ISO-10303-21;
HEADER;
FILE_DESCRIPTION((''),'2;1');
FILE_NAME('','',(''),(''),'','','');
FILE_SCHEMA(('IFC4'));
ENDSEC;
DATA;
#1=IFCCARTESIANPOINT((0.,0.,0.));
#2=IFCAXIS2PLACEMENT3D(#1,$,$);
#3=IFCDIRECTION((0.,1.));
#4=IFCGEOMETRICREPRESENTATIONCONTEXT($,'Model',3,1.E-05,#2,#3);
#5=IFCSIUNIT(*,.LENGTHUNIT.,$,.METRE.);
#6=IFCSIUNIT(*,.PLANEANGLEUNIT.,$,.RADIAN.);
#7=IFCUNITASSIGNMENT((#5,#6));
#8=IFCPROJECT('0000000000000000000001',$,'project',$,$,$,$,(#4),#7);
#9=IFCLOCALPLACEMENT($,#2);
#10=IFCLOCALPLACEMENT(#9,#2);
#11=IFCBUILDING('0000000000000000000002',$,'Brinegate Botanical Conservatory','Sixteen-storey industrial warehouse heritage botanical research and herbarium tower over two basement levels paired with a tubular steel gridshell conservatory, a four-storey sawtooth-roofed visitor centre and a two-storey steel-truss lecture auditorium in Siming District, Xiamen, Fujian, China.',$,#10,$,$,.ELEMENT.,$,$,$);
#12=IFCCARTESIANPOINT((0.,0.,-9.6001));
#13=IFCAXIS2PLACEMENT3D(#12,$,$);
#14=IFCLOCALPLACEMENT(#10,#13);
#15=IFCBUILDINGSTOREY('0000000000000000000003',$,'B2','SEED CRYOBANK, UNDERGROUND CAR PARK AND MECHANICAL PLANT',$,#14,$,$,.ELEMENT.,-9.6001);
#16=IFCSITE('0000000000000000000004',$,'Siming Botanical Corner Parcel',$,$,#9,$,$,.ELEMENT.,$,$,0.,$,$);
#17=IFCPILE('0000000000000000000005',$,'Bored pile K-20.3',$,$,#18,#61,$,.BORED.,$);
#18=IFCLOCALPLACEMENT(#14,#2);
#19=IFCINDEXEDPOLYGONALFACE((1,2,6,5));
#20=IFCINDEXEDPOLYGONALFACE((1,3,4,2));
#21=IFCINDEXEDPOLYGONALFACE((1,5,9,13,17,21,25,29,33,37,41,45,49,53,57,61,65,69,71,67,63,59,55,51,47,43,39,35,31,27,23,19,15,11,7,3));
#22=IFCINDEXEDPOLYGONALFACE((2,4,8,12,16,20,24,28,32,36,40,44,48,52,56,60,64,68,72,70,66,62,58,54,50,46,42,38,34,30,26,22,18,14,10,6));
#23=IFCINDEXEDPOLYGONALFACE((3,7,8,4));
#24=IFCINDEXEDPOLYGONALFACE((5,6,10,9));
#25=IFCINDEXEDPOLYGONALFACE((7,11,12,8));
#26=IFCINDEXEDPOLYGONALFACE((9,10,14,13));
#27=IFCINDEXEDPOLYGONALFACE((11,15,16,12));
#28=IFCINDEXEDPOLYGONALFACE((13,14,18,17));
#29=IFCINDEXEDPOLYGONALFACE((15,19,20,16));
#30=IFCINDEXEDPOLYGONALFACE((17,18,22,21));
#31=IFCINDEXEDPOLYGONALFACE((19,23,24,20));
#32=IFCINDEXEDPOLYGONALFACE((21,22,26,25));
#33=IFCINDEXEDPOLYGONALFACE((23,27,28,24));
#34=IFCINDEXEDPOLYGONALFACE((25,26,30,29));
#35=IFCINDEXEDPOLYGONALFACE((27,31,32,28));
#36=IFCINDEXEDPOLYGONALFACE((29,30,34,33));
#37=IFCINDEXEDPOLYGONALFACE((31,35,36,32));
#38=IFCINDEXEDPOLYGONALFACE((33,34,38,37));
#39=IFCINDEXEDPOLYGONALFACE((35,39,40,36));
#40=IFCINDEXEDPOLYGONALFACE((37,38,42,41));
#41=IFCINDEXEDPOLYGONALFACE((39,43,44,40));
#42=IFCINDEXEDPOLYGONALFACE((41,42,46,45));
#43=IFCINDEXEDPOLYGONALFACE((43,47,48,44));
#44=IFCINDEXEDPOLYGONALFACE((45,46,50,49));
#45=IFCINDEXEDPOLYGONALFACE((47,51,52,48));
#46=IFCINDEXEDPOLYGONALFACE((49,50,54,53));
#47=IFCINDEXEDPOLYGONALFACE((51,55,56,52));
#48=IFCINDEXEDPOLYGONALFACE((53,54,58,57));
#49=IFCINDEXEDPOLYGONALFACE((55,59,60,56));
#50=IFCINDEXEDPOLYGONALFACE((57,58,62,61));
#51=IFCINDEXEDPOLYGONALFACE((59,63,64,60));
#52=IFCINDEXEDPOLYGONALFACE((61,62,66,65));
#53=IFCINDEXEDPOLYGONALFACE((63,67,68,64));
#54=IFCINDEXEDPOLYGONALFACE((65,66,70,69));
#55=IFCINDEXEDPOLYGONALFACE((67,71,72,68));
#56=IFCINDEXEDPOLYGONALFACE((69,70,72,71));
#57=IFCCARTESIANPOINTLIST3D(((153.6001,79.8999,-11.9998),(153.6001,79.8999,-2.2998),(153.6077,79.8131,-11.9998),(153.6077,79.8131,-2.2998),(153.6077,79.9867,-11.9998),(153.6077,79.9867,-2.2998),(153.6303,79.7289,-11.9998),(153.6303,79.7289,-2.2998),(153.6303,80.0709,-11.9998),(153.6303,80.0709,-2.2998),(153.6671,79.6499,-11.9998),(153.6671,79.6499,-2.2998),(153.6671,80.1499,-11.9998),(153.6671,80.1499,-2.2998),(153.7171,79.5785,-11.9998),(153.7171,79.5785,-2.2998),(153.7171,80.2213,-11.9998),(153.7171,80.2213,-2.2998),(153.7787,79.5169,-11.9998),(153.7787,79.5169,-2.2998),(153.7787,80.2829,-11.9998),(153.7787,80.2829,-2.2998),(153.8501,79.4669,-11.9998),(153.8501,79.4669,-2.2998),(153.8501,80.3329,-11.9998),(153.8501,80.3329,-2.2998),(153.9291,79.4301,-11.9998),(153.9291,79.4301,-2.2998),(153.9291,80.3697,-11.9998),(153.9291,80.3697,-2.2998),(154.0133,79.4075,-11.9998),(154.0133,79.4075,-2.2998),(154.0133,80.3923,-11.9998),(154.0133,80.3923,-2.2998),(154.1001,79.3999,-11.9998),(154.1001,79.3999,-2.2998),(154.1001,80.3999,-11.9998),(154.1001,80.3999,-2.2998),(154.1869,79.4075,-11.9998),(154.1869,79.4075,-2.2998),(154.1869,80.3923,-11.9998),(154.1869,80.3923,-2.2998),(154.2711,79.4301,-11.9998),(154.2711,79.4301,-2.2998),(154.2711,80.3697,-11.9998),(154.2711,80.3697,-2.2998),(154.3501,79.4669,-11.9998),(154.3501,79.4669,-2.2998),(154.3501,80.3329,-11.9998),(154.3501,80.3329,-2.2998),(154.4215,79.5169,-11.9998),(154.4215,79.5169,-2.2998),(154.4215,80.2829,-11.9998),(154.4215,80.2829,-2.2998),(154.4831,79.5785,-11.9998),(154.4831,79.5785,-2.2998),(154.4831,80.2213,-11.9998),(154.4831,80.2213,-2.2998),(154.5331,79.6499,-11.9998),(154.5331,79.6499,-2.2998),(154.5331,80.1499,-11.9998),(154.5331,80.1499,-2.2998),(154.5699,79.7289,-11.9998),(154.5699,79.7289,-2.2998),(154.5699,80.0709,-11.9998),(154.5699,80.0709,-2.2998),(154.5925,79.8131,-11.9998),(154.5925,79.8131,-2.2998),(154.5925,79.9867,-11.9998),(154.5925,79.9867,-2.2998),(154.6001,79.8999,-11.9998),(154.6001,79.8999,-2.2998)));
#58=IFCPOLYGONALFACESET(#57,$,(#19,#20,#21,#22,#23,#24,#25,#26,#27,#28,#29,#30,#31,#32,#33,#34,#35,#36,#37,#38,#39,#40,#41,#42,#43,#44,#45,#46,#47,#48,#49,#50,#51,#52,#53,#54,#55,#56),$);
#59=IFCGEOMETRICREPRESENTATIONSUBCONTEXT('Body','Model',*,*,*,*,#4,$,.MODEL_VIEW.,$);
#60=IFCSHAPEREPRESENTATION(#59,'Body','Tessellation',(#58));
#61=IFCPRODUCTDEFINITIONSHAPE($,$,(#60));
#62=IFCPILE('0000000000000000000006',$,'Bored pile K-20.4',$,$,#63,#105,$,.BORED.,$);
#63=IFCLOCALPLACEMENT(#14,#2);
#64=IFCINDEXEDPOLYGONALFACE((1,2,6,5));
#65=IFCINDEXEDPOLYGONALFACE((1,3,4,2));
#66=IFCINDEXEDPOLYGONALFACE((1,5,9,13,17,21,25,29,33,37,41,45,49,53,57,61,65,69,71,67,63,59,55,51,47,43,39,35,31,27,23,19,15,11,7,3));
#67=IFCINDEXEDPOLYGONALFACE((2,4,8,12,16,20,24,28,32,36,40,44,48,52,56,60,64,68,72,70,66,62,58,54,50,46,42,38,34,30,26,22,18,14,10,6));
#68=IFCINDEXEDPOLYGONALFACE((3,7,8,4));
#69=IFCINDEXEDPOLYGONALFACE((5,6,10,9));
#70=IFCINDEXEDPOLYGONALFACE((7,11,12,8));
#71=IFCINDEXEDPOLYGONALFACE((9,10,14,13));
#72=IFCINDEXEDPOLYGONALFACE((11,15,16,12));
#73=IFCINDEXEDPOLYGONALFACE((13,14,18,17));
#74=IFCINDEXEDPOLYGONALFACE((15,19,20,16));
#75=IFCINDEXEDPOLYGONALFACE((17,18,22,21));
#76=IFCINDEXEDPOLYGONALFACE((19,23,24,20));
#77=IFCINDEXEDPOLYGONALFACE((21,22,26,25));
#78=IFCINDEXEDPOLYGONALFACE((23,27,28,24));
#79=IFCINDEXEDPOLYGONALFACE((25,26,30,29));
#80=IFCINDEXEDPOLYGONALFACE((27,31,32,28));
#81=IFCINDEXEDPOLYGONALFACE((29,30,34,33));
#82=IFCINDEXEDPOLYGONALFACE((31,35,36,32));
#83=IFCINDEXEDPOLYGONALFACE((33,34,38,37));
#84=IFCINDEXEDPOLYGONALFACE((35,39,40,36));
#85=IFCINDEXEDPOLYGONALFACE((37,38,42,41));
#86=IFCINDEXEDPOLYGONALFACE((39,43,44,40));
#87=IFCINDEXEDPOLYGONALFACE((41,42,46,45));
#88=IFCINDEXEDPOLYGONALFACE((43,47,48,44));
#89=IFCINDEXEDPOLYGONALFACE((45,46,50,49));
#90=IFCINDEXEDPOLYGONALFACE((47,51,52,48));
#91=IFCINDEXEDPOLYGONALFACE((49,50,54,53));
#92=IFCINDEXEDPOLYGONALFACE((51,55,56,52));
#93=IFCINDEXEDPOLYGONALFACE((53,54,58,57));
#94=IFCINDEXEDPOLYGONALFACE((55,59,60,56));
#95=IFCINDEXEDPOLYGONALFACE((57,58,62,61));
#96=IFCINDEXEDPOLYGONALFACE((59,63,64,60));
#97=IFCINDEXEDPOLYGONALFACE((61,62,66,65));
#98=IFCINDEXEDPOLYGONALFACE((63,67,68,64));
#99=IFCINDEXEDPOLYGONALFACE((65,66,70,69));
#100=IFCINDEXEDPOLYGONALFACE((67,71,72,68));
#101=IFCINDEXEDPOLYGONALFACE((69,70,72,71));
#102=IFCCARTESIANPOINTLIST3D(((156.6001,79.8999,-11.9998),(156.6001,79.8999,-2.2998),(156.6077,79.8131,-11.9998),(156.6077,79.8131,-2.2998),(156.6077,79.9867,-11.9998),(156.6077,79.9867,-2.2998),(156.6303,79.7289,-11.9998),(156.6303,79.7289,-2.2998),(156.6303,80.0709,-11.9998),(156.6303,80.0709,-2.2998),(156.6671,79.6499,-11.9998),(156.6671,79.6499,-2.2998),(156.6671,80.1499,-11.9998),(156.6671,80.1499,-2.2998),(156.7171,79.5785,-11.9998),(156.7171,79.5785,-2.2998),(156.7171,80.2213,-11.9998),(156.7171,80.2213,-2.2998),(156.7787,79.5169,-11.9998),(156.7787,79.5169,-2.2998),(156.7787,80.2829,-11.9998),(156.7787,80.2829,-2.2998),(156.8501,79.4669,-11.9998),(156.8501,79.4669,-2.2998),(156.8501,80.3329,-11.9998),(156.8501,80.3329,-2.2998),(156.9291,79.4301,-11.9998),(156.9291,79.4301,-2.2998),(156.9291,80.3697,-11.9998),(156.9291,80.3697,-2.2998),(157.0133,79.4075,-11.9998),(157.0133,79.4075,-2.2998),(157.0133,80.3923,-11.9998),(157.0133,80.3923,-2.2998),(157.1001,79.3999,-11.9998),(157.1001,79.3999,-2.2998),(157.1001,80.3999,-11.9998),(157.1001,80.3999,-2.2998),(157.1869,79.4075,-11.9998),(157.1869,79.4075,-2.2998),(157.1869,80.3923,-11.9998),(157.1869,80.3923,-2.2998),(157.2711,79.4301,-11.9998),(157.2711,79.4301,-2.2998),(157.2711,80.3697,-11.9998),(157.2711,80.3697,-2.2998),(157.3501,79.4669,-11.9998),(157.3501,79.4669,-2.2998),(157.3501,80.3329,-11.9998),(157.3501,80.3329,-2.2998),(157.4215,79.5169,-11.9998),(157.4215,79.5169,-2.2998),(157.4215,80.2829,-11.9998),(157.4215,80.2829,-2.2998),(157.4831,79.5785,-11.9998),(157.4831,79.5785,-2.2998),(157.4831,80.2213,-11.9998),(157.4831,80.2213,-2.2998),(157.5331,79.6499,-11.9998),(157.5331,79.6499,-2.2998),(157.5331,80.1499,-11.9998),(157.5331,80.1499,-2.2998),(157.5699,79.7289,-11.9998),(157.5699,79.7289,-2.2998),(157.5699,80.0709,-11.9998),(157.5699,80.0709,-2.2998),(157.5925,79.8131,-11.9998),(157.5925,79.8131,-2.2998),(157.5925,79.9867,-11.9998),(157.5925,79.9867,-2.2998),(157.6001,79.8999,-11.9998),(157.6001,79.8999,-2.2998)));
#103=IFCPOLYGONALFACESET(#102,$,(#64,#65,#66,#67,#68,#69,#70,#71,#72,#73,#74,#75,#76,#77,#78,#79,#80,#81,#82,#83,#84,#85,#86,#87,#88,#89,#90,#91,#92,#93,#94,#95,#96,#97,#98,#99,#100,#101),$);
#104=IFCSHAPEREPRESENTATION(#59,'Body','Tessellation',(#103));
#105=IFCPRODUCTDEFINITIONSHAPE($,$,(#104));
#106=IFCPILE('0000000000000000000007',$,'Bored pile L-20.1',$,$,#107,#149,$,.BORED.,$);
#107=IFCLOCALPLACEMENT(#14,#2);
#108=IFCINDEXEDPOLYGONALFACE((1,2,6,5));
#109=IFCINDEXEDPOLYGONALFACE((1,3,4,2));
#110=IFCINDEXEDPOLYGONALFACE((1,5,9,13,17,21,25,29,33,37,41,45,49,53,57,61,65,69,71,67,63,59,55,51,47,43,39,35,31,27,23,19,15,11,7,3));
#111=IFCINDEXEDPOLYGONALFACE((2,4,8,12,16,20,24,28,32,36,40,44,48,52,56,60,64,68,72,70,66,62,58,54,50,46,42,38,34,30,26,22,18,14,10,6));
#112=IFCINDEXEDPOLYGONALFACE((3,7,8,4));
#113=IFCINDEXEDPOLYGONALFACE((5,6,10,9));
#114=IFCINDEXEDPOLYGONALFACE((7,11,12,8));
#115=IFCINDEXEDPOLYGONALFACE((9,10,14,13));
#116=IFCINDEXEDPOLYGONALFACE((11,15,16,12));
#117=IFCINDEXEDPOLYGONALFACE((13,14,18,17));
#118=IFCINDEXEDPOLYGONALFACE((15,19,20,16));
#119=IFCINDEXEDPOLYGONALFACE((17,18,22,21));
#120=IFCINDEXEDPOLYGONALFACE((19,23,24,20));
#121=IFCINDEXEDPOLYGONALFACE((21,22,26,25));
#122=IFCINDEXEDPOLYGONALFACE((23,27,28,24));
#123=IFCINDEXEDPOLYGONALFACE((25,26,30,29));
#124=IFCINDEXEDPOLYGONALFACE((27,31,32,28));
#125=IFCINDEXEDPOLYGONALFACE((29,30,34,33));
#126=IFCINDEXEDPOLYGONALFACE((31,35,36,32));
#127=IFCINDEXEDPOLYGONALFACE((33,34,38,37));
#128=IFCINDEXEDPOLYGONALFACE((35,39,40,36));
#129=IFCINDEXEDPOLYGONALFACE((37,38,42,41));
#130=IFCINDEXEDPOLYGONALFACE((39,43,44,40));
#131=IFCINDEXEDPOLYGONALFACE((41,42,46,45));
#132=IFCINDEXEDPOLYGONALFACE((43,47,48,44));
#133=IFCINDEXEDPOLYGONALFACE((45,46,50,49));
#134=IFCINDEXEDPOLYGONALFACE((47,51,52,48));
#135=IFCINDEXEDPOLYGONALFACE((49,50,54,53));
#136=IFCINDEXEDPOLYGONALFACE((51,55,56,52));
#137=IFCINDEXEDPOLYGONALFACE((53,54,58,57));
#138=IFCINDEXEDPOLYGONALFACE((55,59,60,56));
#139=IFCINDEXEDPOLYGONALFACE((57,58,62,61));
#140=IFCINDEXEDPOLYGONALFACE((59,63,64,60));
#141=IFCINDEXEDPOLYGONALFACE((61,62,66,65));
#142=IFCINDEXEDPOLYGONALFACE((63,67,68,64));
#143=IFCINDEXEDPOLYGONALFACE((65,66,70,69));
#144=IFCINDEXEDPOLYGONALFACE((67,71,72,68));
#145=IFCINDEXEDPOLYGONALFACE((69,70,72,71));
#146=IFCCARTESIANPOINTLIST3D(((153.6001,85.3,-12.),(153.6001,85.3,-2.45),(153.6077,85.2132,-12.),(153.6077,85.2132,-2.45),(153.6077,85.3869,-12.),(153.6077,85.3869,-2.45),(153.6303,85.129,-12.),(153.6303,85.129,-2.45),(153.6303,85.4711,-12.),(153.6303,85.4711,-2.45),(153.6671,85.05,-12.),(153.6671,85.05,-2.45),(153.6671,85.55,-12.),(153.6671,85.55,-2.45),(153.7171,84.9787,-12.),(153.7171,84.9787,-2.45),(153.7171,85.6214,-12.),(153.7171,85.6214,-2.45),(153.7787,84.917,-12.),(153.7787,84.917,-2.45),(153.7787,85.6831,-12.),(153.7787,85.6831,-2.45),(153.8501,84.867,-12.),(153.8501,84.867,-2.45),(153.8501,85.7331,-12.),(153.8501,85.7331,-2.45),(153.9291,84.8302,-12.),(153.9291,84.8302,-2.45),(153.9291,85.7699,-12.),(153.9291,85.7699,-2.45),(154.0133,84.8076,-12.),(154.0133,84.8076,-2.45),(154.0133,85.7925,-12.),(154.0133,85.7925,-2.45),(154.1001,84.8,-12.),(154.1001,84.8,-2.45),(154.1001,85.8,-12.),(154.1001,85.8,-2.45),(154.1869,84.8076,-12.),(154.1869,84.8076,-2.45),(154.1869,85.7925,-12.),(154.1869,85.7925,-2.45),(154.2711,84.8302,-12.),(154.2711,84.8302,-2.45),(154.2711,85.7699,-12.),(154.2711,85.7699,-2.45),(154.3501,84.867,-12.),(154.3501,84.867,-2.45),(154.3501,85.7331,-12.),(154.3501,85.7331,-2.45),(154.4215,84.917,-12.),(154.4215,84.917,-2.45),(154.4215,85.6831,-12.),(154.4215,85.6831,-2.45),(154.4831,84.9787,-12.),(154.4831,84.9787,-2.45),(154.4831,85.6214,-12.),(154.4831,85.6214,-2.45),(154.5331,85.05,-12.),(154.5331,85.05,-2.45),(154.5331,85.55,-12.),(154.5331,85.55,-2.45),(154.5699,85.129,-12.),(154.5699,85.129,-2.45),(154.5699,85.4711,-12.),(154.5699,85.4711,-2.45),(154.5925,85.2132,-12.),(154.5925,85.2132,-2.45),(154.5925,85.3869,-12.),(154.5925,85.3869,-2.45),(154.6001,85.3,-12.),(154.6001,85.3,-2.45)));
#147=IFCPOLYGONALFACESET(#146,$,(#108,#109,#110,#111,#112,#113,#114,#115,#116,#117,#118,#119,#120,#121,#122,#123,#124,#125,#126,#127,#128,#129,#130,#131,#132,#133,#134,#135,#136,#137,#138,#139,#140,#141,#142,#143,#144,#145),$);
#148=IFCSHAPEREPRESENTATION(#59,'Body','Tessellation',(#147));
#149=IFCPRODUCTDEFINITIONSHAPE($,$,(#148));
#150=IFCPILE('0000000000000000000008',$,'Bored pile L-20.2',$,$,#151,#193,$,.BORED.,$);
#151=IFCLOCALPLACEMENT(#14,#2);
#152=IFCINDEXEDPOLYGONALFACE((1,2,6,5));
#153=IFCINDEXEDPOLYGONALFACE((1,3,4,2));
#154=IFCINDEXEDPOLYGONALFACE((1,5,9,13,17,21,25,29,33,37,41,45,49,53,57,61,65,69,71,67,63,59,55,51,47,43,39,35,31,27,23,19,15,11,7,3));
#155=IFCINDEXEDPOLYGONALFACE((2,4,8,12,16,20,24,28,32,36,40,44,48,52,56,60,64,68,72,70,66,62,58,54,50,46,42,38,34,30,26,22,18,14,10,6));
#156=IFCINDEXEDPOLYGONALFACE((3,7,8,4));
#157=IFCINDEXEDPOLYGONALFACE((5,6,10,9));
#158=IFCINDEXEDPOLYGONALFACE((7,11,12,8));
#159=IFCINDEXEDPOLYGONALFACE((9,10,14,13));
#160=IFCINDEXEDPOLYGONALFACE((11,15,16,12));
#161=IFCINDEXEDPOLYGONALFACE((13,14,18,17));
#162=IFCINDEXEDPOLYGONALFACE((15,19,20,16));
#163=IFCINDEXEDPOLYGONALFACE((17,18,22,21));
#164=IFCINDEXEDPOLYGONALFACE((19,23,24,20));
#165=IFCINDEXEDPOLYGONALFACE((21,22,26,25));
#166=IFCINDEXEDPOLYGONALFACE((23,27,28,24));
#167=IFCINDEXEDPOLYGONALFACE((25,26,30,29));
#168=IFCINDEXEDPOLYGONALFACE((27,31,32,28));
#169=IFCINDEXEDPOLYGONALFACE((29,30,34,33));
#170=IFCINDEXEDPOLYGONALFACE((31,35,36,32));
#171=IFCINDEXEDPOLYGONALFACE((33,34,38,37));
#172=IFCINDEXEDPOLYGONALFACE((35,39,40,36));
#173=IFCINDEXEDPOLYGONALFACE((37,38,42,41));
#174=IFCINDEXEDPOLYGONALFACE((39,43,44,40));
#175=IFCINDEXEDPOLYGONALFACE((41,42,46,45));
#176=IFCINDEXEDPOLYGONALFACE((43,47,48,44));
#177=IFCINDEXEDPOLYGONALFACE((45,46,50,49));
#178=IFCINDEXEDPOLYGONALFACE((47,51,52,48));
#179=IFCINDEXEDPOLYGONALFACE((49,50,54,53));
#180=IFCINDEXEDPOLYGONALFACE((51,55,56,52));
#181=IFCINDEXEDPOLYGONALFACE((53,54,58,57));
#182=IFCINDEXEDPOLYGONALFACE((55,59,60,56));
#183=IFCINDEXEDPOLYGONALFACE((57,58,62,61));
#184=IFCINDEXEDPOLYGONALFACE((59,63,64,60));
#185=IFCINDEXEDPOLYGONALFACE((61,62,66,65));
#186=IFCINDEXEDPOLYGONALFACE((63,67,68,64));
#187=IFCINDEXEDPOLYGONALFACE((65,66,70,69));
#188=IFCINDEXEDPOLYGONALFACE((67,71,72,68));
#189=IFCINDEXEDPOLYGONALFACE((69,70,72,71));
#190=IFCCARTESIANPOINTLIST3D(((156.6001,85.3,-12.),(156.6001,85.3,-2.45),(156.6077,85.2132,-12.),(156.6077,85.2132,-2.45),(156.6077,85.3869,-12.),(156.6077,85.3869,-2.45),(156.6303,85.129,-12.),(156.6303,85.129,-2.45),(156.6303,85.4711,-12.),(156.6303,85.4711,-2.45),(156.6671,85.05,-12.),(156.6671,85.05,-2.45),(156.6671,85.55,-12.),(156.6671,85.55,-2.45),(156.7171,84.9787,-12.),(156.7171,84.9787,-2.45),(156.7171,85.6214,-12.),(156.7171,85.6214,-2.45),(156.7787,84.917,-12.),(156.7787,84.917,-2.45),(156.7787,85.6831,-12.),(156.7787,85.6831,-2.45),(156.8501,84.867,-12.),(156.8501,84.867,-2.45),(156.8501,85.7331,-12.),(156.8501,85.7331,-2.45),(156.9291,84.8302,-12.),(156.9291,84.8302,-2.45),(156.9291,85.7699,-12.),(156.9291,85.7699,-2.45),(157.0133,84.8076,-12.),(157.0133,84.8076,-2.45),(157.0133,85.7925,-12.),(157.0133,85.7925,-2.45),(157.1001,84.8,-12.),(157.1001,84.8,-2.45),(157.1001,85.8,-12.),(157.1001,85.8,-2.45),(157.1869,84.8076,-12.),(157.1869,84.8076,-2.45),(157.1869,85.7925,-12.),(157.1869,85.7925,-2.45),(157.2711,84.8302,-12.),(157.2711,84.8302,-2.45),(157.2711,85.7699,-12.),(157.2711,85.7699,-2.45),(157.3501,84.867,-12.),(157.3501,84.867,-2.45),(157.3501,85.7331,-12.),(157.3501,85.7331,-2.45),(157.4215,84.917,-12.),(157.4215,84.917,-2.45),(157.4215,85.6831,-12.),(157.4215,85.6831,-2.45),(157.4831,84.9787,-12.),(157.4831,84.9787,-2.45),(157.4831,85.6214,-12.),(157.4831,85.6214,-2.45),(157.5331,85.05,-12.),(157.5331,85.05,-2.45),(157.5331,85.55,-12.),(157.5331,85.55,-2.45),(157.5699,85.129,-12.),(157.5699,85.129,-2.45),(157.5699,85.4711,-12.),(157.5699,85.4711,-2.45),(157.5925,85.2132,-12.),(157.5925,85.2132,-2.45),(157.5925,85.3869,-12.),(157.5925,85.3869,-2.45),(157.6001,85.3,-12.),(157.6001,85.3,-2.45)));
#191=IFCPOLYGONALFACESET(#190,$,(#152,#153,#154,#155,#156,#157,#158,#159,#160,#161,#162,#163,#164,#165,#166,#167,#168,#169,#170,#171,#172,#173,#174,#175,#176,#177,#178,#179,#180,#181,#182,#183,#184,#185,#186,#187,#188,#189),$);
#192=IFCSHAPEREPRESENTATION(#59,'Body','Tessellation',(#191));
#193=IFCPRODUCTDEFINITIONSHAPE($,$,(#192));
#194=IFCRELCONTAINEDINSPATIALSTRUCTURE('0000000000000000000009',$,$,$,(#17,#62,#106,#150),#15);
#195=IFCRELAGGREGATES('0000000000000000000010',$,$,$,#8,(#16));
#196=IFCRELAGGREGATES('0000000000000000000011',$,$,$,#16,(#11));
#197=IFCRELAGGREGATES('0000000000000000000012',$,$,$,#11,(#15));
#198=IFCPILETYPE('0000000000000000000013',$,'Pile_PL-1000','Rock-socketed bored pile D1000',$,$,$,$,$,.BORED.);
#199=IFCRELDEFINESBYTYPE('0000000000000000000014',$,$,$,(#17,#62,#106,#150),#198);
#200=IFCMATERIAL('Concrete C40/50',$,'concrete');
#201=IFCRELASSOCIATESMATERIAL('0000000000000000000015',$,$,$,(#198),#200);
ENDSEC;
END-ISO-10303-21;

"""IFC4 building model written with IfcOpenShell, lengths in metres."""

from ifc_helpers import new_model, si_unit, direction, frame, origin, origin_2d, place, context, subcontext, project, spatial, circle, extrude, material, material_profile, profile_set, type_object, element, save


model = new_model("IFC4")

# Units and contexts
model_context = context("Model", 3, precision=1e-05, world=origin(), true_north=direction((0.0, 1.0)))
body_context = subcontext(model_context, "Body", "Model", "MODEL_VIEW")
ifc_project = project(units=[si_unit("LENGTHUNIT", "METRE"), si_unit("PLANEANGLEUNIT", "RADIAN")], contexts=[model_context])

# Site, building, storey
site_placement = place(None, origin())
site = spatial("IfcSite", under=ifc_project, at=site_placement, Name="Siming Botanical Corner Parcel", CompositionType="ELEMENT", RefElevation=0.0)
building_placement = place(site_placement, origin())
building = spatial("IfcBuilding", under=site, at=building_placement, Name="Brinegate Botanical Conservatory", Description="Sixteen-storey industrial warehouse heritage botanical research and herbarium tower over two basement levels paired with a tubular steel gridshell conservatory, a four-storey sawtooth-roofed visitor centre and a two-storey steel-truss lecture auditorium in Siming District, Xiamen, Fujian, China.", CompositionType="ELEMENT")
storey_placement = place(building_placement, frame((0.0, 0.0, -9.6001)))
storey = spatial("IfcBuildingStorey", under=building, at=storey_placement, Name="B2", Description="SEED CRYOBANK, UNDERGROUND CAR PARK AND MECHANICAL PLANT", CompositionType="ELEMENT", Elevation=-9.6001)

# Shared definitions
ifc_material_1 = material(Name="Concrete C40/50", Category="concrete")

# Piles
ifc_material_profile_1 = material_profile(ifc_material_1, circle(Radius=0.5, at=origin_2d()), Name="PILE D1000")
ifc_profile_set_1 = profile_set([ifc_material_profile_1], Name="Concrete C40/50")
pile_type_1 = type_object("IfcPileType", Name="Pile_PL-1000", Description="Rock-socketed bored pile D1000", PredefinedType="BORED", material=ifc_profile_set_1)
for number, where, z_axis, x_axis, name in (
    (1, (154.1001, 79.8999, -2.2998), (0.0, 0.0, -1.0), (1.0, 0.0, 0.0), "Bored pile K-20.3"),
    (2, (157.1001, 79.8999, -2.2998), (0.0, 0.0, -1.0), (1.0, 0.0, 0.0), "Bored pile K-20.4"),
):
    element("IfcPile", number, at=place(storey_placement, frame(where, z_axis=z_axis, x_axis=x_axis)), inside=storey, type_object=pile_type_1, Name=name, PredefinedType="BORED", context=body_context, shape_type="SweptSolid", body=[
        extrude(circle(Radius=0.5, at=origin_2d()), origin(), (0.0, 0.0, 1.0), 9.7),
    ])
for number, where, z_axis, x_axis, name in (
    (3, (154.1001, 85.3, -2.45), (0.0, 0.0, -1.0), (1.0, 0.0, 0.0), "Bored pile L-20.1"),
    (4, (157.1001, 85.3, -2.45), (0.0, 0.0, -1.0), (1.0, 0.0, 0.0), "Bored pile L-20.2"),
):
    element("IfcPile", number, at=place(storey_placement, frame(where, z_axis=z_axis, x_axis=x_axis)), inside=storey, type_object=pile_type_1, Name=name, PredefinedType="BORED", context=body_context, shape_type="SweptSolid", body=[
        extrude(circle(Radius=0.5, at=origin_2d()), origin(), (0.0, 0.0, 1.0), 9.55),
    ])

save(model, "model.ifc")
